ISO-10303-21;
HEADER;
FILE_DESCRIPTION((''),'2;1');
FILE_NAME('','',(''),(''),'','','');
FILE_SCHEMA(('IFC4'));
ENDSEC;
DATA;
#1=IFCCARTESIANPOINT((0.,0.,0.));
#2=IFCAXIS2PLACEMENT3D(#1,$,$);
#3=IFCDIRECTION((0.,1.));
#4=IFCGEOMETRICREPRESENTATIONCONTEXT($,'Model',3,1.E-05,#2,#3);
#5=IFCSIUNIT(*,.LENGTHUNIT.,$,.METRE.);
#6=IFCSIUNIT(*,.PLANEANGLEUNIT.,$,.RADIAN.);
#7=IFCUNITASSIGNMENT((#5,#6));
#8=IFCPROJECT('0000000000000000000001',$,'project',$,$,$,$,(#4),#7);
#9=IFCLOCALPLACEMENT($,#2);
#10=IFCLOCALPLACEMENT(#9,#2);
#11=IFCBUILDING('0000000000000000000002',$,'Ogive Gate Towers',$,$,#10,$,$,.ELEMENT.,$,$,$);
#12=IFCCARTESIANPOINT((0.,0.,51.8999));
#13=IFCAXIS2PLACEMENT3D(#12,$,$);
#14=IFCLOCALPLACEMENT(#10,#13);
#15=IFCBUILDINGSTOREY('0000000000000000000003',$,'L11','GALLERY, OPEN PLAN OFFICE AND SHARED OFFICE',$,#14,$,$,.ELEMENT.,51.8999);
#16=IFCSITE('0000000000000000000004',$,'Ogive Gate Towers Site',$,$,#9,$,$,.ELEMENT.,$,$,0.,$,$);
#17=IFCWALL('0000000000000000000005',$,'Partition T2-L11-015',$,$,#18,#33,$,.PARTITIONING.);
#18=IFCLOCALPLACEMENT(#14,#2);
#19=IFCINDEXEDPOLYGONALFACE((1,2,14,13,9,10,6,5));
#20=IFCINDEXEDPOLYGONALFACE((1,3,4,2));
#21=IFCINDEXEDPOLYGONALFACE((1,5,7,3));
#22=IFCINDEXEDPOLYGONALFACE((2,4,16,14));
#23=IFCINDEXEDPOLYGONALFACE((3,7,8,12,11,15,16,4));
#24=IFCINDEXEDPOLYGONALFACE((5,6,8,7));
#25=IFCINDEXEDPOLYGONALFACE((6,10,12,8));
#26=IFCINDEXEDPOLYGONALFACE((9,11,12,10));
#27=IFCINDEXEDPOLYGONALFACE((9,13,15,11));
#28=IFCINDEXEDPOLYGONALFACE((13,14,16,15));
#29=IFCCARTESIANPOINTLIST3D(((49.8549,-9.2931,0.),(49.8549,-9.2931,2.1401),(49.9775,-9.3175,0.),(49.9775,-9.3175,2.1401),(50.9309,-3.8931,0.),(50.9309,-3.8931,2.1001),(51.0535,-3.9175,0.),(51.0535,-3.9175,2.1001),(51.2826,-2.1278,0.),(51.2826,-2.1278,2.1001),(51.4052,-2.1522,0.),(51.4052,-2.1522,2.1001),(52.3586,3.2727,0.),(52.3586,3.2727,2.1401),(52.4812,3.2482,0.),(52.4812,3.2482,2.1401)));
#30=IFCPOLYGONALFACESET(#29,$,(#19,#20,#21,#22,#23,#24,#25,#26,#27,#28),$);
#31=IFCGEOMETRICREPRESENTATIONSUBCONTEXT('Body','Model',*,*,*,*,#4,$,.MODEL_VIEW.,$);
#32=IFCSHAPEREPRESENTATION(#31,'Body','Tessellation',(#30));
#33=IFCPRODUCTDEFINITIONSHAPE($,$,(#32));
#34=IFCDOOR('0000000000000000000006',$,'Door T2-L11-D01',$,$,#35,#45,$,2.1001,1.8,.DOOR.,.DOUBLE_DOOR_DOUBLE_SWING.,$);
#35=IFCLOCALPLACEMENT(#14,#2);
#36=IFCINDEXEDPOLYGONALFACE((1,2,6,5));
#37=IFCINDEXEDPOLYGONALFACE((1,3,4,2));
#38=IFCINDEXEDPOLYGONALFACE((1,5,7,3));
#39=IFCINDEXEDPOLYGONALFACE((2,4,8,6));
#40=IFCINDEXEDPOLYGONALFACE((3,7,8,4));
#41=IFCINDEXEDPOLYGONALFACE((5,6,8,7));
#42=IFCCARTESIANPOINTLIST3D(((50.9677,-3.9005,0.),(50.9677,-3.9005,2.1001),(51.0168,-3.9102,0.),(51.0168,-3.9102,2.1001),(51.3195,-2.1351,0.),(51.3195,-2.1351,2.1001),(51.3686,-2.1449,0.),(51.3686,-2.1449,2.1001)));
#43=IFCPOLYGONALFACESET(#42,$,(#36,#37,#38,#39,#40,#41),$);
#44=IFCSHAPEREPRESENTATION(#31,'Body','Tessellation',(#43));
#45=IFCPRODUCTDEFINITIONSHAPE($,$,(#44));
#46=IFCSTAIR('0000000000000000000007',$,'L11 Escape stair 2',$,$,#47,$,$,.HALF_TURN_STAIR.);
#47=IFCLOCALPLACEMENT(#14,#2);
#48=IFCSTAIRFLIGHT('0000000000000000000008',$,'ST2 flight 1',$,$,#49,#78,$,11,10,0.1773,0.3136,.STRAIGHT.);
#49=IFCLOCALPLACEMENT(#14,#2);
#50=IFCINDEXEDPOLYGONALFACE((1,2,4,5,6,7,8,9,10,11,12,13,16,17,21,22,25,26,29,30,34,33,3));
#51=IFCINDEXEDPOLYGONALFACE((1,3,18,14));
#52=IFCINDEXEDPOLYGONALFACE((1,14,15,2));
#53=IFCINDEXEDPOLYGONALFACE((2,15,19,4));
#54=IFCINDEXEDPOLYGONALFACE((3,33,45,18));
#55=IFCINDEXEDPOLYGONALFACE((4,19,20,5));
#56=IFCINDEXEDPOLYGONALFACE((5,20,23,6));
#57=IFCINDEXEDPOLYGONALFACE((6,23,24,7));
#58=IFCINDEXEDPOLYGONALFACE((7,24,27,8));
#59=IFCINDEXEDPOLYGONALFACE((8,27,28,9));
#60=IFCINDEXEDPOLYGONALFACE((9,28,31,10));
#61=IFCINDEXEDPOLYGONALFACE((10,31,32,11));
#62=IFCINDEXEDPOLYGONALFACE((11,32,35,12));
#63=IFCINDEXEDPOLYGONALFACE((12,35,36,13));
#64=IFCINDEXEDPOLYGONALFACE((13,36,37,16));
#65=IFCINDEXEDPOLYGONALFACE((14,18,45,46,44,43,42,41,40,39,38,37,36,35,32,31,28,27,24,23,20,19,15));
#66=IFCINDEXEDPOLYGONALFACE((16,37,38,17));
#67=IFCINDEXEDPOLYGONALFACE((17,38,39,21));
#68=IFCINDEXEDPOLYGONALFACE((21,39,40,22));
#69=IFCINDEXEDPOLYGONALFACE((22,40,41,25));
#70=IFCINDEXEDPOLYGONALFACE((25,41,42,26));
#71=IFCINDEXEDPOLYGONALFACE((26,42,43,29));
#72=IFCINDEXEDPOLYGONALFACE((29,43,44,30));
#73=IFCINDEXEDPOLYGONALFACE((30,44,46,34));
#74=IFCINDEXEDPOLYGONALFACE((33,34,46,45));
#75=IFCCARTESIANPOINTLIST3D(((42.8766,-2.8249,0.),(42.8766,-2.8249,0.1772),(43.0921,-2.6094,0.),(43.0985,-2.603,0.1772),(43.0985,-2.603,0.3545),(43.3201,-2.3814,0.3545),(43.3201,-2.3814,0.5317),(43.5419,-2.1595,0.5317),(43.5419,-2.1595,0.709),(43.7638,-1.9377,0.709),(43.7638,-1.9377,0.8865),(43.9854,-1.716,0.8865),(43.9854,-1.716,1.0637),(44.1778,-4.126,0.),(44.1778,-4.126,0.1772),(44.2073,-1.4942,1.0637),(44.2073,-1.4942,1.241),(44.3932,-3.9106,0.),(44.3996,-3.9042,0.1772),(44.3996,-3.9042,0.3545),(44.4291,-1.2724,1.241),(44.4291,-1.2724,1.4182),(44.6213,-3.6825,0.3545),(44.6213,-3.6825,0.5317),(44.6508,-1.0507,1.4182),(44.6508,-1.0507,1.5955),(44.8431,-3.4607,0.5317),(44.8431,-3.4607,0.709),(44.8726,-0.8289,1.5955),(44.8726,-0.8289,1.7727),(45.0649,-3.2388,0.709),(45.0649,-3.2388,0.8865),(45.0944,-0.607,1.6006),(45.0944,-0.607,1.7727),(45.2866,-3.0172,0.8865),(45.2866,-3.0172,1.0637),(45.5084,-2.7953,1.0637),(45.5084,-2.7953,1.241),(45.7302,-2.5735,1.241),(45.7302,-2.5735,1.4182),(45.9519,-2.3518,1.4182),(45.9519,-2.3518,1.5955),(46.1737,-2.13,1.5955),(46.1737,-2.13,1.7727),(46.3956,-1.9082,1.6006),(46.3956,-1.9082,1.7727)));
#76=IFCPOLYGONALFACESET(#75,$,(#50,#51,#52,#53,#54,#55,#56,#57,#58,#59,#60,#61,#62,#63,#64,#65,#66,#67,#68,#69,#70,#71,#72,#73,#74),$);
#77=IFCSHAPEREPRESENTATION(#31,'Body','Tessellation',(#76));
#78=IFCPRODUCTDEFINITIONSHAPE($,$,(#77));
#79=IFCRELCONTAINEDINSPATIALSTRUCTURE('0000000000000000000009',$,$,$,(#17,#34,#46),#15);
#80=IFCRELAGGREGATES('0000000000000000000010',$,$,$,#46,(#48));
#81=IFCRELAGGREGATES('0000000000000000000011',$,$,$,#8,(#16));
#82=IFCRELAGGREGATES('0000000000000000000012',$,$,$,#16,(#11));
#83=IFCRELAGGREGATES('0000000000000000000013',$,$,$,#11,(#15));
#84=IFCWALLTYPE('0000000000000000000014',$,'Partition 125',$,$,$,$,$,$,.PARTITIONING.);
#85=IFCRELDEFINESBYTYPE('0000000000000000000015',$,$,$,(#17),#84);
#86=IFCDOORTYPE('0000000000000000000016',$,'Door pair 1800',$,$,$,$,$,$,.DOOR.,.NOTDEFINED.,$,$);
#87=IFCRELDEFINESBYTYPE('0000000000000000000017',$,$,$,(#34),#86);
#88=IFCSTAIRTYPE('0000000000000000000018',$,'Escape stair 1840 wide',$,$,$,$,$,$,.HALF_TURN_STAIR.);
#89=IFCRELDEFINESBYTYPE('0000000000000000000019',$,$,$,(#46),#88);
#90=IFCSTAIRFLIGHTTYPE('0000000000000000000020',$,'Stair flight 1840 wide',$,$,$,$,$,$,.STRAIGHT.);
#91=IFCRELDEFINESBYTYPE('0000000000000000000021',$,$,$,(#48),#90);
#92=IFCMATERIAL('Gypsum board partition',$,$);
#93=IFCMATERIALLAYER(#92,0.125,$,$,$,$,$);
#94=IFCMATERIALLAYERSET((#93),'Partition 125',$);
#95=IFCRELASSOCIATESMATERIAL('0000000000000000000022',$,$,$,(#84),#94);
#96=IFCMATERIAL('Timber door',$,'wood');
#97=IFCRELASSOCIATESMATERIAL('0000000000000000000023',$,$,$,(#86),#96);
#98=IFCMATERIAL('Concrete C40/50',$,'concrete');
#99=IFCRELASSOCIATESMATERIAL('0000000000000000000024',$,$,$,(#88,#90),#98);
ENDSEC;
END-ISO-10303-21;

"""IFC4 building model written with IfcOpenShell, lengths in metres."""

from ifc_helpers import new_model, si_unit, direction, frame, frame_2d, origin, place, context, subcontext, project, spatial, polyline, rectangle, outline, extrude, material, layer, layer_set, type_object, element, fill, aggregate, save


model = new_model("IFC4")

# Units and contexts
model_context = context("Model", 3, precision=1e-05, world=origin(), true_north=direction((0.0, 1.0)))
body_context = subcontext(model_context, "Body", "Model", "MODEL_VIEW")
ifc_project = project(units=[si_unit("LENGTHUNIT", "METRE"), si_unit("PLANEANGLEUNIT", "RADIAN")], contexts=[model_context])

# Site, building, storey
site_placement = place(None, origin())
site = spatial("IfcSite", under=ifc_project, at=site_placement, Name="Ogive Gate Towers Site", CompositionType="ELEMENT", RefElevation=0.0)
building_placement = place(site_placement, origin())
building = spatial("IfcBuilding", under=site, at=building_placement, Name="Ogive Gate Towers", CompositionType="ELEMENT")
storey_placement = place(building_placement, frame((0.0, 0.0, 51.8999)))
storey = spatial("IfcBuildingStorey", under=building, at=storey_placement, Name="L11", Description="GALLERY, OPEN PLAN OFFICE AND SHARED OFFICE", CompositionType="ELEMENT", Elevation=51.8999)

# Shared definitions
ifc_material_1 = material(Name="Gypsum board partition")
ifc_layer = layer(ifc_material_1, 0.125)
ifc_layer_set = layer_set([ifc_layer], Name="Partition 125")
wall_type = type_object("IfcWallType", Name="Partition 125", PredefinedType="PARTITIONING", material=ifc_layer_set)

# Wall, opening, door
wall_1_placement = place(storey_placement, frame((49.9163, -9.3052, 0.0), z_axis=(0.0, 0.0, 1.0), x_axis=(0.195405, 0.980723, 0.0)))
wall_1 = element("IfcWall", 1, at=wall_1_placement, inside=storey, type_object=wall_type, Name="Partition T2-L11-015", PredefinedType="PARTITIONING", context=body_context, shape_type="SweptSolid", body=[
    extrude(rectangle(XDim=12.8127, YDim=0.125, at=frame_2d((6.4062, 0.0))), origin(), (0.0, 0.0, 1.0), 2.1401),
])
opening_placement = place(wall_1_placement, frame((5.5061, 0.0, 0.0)))
opening = element("IfcOpeningElement", 2, at=opening_placement, cuts=wall_1, PredefinedType="OPENING", context=body_context, shape_type="SweptSolid", body=[
    extrude(rectangle(XDim=1.8, YDim=2.1001, at=frame_2d((0.8999, 1.05))), frame((0.0, 0.0725, 0.0), z_axis=(0.0, -1.0, 0.0), x_axis=(1.0, 0.0, 0.0)), (0.0, 0.0, 1.0), 0.145),
])
ifc_material_2 = material(Name="Timber door", Category="wood")
door_type = type_object("IfcDoorType", Name="Door pair 1800", OperationType="NOTDEFINED", PredefinedType="DOOR", material=ifc_material_2)
door_placement = place(opening_placement, origin())
door = element("IfcDoor", 3, at=door_placement, inside=storey, type_object=door_type, Name="Door T2-L11-D01", OperationType="DOUBLE_DOOR_DOUBLE_SWING", OverallHeight=2.1001, OverallWidth=1.8, PredefinedType="DOOR", context=body_context, shape_type="SweptSolid", body=[
    extrude(rectangle(XDim=1.8, YDim=2.1001, at=frame_2d((0.8999, 1.05))), frame((0.0, 0.0249, 0.0), z_axis=(0.0, -1.0, 0.0), x_axis=(1.0, 0.0, 0.0)), (0.0, 0.0, 1.0), 0.05),
])
fill(opening, door)

# Stair, stair flight
ifc_material_3 = material(Name="Concrete C40/50", Category="concrete")
stair_type = type_object("IfcStairType", Name="Escape stair 1840 wide", PredefinedType="HALF_TURN_STAIR", material=ifc_material_3)
stair_placement = place(storey_placement, origin())
stair = element("IfcStair", 4, at=stair_placement, inside=storey, type_object=stair_type, Name="L11 Escape stair 2", PredefinedType="HALF_TURN_STAIR")
stair_flight_type = type_object("IfcStairFlightType", Name="Stair flight 1840 wide", PredefinedType="STRAIGHT", material=ifc_material_3)
stair_flight_placement = place(storey_placement, frame((43.5271, -3.4753, 0.0), z_axis=(0.0, 0.0, 1.0), x_axis=(0.707107, 0.707107, 0.0)))
stair_flight = element("IfcStairFlight", 5, at=stair_flight_placement, type_object=stair_flight_type, Name="ST2 flight 1", NumberOfRisers=11, NumberOfTreads=10, PredefinedType="STRAIGHT", RiserHeight=0.1773, TreadLength=0.3136, context=body_context, shape_type="SweptSolid", body=[
    extrude(outline(polyline([(0.0, 0.0), (0.0, 0.1772), (0.3137, 0.1772), (0.3137, 0.3545), (0.6272, 0.3545), (0.6272, 0.5317), (0.9409, 0.5317), (0.9409, 0.709), (1.2546, 0.709), (1.2546, 0.8865), (1.5681, 0.8865), (1.5681, 1.0637), (1.8818, 1.0637), (1.8818, 1.241), (2.1956, 1.241), (2.1956, 1.4182), (2.509, 1.4182), (2.509, 1.5955), (2.8228, 1.5955), (2.8228, 1.7727), (3.1365, 1.7727), (3.1365, 1.95), (3.1365, 1.6006), (0.3047, 0.0), (0.0, 0.0)])), frame((0.0, 0.9199, 0.0), z_axis=(0.0, -1.0, 0.0), x_axis=(1.0, 0.0, 0.0)), (0.0, 0.0, 1.0), 1.8401),
])
aggregate(stair, [stair_flight])

save(model, "model.ifc")
